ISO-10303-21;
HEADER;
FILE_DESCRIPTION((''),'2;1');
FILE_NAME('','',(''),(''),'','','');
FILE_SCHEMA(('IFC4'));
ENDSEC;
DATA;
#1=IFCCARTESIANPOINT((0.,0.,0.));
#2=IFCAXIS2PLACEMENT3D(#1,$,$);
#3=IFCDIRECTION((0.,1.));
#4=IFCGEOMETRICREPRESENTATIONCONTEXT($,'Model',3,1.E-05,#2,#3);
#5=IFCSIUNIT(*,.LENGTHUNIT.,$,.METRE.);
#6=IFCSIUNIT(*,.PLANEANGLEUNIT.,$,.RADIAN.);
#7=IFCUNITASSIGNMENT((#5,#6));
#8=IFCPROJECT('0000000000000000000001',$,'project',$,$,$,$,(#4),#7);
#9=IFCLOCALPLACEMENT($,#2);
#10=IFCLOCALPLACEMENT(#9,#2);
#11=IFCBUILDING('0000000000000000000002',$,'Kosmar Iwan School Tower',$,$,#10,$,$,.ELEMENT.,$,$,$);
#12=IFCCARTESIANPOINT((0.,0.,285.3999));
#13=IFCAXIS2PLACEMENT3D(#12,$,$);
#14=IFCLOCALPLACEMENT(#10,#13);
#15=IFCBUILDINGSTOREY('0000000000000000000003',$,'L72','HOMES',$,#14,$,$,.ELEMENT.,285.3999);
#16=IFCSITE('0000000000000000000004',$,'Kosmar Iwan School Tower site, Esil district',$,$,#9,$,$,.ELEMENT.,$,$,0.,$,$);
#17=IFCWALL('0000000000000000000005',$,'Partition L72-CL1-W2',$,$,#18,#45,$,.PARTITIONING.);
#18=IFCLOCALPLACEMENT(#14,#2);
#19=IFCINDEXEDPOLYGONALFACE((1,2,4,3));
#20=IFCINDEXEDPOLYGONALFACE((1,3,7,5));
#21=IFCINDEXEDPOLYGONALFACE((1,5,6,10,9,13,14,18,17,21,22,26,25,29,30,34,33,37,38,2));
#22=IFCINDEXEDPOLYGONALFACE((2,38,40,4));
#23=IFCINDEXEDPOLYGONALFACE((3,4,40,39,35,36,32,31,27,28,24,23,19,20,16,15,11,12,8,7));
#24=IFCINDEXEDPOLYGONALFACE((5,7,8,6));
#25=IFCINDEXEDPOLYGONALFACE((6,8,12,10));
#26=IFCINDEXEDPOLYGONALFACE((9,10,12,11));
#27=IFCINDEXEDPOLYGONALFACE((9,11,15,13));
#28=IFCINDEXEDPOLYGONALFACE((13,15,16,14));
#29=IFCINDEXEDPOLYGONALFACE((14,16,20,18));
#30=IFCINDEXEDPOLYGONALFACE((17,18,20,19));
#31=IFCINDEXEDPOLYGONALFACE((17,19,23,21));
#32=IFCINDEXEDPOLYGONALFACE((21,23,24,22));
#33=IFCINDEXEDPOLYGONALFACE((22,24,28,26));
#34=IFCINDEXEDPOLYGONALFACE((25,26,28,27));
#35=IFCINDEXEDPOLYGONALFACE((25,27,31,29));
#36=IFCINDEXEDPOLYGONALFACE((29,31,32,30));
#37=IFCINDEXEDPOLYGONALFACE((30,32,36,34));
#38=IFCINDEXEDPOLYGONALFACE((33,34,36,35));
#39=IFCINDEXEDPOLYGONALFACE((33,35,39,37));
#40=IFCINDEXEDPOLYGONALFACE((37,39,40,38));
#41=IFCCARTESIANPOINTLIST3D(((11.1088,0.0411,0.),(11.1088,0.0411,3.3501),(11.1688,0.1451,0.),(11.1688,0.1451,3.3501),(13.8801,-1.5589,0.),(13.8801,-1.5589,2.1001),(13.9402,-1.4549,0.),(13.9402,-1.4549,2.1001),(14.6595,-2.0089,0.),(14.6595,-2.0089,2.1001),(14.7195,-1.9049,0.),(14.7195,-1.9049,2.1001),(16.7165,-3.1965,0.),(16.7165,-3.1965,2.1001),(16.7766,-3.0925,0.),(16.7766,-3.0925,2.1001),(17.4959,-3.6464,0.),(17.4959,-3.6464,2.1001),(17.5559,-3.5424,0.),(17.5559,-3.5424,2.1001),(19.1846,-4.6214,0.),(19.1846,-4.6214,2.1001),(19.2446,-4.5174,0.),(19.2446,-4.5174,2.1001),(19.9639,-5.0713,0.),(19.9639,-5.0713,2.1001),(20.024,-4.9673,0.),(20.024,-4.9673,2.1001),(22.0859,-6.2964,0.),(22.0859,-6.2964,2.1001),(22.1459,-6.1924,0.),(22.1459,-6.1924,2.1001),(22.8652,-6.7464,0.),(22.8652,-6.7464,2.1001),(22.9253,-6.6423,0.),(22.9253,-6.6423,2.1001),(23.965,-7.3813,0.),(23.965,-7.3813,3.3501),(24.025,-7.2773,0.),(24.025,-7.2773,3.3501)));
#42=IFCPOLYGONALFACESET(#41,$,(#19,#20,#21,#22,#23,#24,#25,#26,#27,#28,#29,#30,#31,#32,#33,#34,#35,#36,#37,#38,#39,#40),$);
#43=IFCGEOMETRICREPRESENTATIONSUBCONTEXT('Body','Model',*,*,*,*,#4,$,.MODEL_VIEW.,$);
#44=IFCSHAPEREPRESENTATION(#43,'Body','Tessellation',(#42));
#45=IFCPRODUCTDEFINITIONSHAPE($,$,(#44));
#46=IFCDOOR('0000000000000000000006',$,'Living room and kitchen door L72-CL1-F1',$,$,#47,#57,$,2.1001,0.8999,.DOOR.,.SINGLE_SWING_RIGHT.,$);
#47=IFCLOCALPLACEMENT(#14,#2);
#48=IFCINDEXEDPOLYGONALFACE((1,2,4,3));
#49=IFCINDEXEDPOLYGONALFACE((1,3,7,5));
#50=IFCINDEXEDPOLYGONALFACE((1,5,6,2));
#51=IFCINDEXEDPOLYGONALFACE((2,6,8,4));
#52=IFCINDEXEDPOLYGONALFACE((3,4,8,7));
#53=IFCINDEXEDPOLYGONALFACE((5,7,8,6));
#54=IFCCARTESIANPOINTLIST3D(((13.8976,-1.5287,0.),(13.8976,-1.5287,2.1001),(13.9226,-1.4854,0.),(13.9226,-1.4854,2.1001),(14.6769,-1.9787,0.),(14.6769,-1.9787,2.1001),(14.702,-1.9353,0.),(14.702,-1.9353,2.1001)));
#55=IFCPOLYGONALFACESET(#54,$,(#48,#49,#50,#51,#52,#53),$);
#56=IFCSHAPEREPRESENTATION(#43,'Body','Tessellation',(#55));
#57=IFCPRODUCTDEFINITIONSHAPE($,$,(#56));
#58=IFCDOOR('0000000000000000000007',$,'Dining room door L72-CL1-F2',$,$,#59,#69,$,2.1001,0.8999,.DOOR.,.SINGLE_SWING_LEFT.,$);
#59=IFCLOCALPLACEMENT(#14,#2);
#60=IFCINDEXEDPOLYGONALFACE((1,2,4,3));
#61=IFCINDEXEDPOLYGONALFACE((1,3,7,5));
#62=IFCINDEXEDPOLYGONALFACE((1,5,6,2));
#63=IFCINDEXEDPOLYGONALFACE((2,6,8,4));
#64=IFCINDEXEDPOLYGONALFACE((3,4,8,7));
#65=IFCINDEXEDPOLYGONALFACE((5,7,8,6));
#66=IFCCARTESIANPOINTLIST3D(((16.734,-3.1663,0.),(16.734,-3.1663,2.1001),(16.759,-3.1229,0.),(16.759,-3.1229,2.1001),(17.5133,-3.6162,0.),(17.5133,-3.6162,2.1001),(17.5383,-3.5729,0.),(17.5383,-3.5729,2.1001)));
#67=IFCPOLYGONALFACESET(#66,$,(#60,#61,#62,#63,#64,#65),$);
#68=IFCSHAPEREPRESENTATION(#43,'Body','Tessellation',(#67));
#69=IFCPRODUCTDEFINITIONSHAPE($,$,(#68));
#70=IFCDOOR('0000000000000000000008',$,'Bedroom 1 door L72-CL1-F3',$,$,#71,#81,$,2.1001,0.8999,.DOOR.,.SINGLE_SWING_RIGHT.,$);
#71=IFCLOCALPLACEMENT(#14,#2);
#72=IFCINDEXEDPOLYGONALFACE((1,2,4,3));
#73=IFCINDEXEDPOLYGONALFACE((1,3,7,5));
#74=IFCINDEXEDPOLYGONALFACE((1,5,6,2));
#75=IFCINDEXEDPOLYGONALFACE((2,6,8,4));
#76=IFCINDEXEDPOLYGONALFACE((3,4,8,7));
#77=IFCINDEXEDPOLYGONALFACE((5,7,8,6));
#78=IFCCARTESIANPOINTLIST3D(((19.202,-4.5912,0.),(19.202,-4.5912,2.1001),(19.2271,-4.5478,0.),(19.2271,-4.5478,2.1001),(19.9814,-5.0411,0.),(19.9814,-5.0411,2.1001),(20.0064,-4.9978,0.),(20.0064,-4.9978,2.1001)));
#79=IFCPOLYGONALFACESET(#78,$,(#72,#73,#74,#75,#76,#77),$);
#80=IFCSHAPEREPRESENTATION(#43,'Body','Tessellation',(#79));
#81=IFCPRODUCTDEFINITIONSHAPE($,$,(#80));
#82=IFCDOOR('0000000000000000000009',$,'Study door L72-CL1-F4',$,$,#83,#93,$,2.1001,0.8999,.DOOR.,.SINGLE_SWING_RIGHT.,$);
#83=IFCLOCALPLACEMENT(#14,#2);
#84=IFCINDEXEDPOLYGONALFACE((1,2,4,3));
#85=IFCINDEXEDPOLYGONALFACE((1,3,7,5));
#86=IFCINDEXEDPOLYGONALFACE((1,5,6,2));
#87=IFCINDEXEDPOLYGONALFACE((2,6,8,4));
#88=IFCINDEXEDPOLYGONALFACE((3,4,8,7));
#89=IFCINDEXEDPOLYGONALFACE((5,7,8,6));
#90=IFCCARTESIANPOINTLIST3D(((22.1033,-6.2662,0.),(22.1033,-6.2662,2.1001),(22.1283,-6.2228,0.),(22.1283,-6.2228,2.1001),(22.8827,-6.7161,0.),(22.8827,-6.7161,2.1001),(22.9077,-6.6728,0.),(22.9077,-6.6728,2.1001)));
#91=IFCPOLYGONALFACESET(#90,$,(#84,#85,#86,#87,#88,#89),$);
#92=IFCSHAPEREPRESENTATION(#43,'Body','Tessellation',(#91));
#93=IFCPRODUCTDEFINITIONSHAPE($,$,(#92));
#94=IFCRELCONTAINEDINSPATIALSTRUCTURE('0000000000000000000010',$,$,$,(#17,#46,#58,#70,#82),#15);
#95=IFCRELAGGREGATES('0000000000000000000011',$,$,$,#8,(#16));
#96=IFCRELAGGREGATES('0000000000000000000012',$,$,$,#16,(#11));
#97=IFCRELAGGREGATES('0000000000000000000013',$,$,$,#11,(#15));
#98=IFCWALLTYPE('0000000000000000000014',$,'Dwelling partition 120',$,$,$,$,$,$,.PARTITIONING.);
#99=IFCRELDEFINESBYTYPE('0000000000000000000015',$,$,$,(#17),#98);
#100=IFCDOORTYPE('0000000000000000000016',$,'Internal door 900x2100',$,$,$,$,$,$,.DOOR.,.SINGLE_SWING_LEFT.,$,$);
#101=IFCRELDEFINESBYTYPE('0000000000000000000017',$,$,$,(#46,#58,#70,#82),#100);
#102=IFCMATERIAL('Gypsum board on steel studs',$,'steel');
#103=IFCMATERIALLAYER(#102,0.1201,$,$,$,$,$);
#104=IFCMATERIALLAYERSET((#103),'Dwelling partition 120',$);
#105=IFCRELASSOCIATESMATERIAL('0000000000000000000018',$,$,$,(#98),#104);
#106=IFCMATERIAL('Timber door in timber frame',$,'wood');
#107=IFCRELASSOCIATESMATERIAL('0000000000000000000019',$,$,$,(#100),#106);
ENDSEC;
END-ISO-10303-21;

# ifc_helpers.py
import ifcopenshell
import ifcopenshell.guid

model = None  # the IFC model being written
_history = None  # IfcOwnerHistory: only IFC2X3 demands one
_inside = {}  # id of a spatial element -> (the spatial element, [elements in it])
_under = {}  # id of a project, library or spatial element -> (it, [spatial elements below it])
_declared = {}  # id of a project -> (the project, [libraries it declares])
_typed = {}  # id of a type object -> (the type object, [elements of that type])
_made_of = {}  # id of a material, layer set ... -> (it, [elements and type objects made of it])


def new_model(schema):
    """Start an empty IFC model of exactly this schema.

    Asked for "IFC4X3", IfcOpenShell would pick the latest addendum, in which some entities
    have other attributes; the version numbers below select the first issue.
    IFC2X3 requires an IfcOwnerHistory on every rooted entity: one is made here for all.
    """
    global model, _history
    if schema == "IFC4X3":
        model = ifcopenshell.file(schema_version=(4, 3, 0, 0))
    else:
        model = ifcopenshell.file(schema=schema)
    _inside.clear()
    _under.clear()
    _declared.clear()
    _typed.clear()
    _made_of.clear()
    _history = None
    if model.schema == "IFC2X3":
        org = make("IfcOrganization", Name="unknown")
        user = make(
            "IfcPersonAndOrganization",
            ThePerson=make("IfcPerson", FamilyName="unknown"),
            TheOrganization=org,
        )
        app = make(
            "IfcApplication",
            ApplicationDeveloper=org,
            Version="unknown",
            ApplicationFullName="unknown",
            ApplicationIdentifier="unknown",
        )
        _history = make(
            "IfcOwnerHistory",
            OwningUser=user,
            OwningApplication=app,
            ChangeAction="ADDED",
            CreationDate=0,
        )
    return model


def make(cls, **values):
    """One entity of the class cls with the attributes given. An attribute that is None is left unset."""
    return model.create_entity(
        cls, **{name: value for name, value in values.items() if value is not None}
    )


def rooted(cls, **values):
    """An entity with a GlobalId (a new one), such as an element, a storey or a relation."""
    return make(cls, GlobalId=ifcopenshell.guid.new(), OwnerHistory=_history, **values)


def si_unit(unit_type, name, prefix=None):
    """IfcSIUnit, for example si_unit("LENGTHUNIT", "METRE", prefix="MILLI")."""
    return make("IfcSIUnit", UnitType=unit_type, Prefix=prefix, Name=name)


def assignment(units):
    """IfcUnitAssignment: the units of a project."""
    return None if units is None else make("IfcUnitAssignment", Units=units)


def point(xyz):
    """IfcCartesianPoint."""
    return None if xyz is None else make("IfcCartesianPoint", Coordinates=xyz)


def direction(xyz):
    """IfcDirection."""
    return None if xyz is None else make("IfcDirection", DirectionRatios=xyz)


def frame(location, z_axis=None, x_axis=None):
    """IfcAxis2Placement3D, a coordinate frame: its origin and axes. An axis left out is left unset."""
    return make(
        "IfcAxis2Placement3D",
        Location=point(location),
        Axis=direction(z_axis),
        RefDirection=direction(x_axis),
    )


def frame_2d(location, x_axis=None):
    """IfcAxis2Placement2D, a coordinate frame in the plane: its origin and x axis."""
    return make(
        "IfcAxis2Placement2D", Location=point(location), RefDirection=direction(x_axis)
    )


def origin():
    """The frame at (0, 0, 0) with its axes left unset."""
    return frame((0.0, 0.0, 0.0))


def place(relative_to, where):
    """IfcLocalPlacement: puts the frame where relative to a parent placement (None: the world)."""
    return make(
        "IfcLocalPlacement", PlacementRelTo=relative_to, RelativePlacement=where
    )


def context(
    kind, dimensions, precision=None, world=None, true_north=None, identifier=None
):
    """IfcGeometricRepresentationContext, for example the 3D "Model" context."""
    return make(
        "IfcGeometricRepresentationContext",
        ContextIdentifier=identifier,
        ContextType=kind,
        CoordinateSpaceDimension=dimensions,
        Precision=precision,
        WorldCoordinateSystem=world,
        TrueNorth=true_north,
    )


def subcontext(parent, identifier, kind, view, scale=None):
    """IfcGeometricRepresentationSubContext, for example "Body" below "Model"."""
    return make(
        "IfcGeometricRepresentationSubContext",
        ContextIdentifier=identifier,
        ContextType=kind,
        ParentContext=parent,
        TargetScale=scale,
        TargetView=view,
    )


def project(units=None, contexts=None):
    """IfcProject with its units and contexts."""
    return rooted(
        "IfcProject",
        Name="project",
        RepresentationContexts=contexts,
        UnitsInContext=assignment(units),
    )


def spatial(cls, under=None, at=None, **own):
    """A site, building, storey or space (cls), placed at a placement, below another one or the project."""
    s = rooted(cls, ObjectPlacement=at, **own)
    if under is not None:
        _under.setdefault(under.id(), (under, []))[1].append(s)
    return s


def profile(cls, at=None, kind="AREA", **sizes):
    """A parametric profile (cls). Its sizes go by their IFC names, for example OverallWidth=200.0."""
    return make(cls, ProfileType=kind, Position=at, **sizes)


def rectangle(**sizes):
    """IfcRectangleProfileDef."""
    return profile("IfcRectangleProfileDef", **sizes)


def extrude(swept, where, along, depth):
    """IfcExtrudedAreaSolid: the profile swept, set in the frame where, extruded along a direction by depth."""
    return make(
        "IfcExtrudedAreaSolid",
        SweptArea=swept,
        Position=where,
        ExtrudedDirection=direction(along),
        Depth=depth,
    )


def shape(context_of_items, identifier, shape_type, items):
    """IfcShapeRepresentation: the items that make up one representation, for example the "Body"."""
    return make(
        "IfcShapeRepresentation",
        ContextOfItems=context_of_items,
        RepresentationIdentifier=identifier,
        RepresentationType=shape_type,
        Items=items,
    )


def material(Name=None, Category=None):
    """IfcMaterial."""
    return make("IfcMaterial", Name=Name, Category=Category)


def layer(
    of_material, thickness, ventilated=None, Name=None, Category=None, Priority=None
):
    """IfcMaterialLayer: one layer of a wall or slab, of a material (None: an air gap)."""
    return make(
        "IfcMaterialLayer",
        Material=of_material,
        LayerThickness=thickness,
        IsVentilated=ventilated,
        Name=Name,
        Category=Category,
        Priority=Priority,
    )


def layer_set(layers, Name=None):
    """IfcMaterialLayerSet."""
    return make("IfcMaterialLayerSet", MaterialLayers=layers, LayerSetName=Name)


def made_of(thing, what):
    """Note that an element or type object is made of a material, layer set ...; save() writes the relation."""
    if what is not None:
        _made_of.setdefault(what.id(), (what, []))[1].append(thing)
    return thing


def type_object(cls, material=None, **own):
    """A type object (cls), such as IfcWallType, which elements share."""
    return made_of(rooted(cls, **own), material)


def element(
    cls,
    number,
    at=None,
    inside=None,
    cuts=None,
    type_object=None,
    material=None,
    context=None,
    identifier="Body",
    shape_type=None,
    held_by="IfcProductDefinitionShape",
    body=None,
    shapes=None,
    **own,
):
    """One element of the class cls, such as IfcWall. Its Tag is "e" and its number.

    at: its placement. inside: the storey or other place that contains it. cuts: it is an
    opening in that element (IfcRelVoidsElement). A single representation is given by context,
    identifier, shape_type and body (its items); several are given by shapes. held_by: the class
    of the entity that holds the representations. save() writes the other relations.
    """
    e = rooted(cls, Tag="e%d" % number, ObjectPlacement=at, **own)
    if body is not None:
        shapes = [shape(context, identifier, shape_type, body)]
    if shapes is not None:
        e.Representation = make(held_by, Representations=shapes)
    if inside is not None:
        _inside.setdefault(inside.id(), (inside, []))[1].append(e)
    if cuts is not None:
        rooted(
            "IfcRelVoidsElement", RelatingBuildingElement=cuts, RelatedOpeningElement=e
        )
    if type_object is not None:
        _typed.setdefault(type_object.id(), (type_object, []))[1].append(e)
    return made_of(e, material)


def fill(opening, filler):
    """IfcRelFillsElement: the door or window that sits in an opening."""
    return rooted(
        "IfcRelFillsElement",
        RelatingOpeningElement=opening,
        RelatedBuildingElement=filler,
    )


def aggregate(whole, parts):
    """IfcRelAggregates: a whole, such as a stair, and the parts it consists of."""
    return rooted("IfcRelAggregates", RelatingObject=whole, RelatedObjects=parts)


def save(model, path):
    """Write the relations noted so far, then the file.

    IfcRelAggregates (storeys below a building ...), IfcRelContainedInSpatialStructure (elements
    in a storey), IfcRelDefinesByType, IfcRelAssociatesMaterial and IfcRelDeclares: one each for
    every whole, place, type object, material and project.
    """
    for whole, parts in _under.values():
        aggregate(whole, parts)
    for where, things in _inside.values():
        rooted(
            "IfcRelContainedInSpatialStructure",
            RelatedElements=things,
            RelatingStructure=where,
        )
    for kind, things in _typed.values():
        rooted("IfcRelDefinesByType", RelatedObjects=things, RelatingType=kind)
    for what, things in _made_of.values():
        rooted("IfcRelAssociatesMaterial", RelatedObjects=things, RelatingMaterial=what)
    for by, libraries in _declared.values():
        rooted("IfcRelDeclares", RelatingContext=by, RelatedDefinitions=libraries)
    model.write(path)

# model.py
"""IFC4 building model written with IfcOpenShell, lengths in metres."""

from ifc_helpers import new_model, si_unit, direction, frame, frame_2d, origin, place, context, subcontext, project, spatial, rectangle, extrude, material, layer, layer_set, type_object, element, fill, save


model = new_model("IFC4")

# Units and contexts
model_context = context("Model", 3, precision=1e-05, world=origin(), true_north=direction((0.0, 1.0)))
body_context = subcontext(model_context, "Body", "Model", "MODEL_VIEW")
ifc_project = project(units=[si_unit("LENGTHUNIT", "METRE"), si_unit("PLANEANGLEUNIT", "RADIAN")], contexts=[model_context])

# Site, building, storey
site_placement = place(None, origin())
site = spatial("IfcSite", under=ifc_project, at=site_placement, Name="Kosmar Iwan School Tower site, Esil district", CompositionType="ELEMENT", RefElevation=0.0)
building_placement = place(site_placement, origin())
building = spatial("IfcBuilding", under=site, at=building_placement, Name="Kosmar Iwan School Tower", CompositionType="ELEMENT")
storey_placement = place(building_placement, frame((0.0, 0.0, 285.3999)))
storey = spatial("IfcBuildingStorey", under=building, at=storey_placement, Name="L72", Description="HOMES", CompositionType="ELEMENT", Elevation=285.3999)

# Wall, openings, doors
ifc_material_1 = material(Name="Gypsum board on steel studs", Category="steel")
ifc_layer_1 = layer(ifc_material_1, 0.1201)
ifc_layer_set_1 = layer_set([ifc_layer_1], Name="Dwelling partition 120")
wall_type_1 = type_object("IfcWallType", Name="Dwelling partition 120", PredefinedType="PARTITIONING", material=ifc_layer_set_1)
wall_1_placement = place(storey_placement, frame((11.1389, 0.093, 0.0), z_axis=(0.0, 0.0, 1.0), x_axis=(0.86603, -0.499992, 0.0)))
wall_1 = element("IfcWall", 1, at=wall_1_placement, inside=storey, type_object=wall_type_1, Name="Partition L72-CL1-W2", PredefinedType="PARTITIONING", context=body_context, shape_type="SweptSolid", body=[
    extrude(rectangle(XDim=14.845, YDim=0.1201, at=frame_2d((7.4224, 0.0))), origin(), (0.0, 0.0, 1.0), 3.3501),
])
opening_1_placement = place(wall_1_placement, frame((3.2, 0.0, 0.0)))
opening_1 = element("IfcOpeningElement", 2, at=opening_1_placement, cuts=wall_1, PredefinedType="OPENING", context=body_context, shape_type="SweptSolid", body=[
    extrude(rectangle(XDim=0.8999, YDim=2.1001, at=frame_2d((0.45, 1.05))), frame((0.0, 0.072, 0.0), z_axis=(0.0, -1.0, 0.0), x_axis=(1.0, 0.0, 0.0)), (0.0, 0.0, 1.0), 0.144),
])
opening_2_placement = place(wall_1_placement, frame((6.4751, 0.0, 0.0)))
opening_2 = element("IfcOpeningElement", 3, at=opening_2_placement, cuts=wall_1, PredefinedType="OPENING", context=body_context, shape_type="SweptSolid", body=[
    extrude(rectangle(XDim=0.8999, YDim=2.1001, at=frame_2d((0.45, 1.05))), frame((0.0, 0.072, 0.0), z_axis=(0.0, -1.0, 0.0), x_axis=(1.0, 0.0, 0.0)), (0.0, 0.0, 1.0), 0.144),
])
opening_3_placement = place(wall_1_placement, frame((9.325, 0.0, 0.0)))
opening_3 = element("IfcOpeningElement", 4, at=opening_3_placement, cuts=wall_1, PredefinedType="OPENING", context=body_context, shape_type="SweptSolid", body=[
    extrude(rectangle(XDim=0.8999, YDim=2.1001, at=frame_2d((0.45, 1.05))), frame((0.0, 0.072, 0.0), z_axis=(0.0, -1.0, 0.0), x_axis=(1.0, 0.0, 0.0)), (0.0, 0.0, 1.0), 0.144),
])
opening_4_placement = place(wall_1_placement, frame((12.675, 0.0, 0.0)))
opening_4 = element("IfcOpeningElement", 5, at=opening_4_placement, cuts=wall_1, PredefinedType="OPENING", context=body_context, shape_type="SweptSolid", body=[
    extrude(rectangle(XDim=0.8999, YDim=2.1001, at=frame_2d((0.45, 1.05))), frame((0.0, 0.072, 0.0), z_axis=(0.0, -1.0, 0.0), x_axis=(1.0, 0.0, 0.0)), (0.0, 0.0, 1.0), 0.144),
])
ifc_material_2 = material(Name="Timber door in timber frame", Category="wood")
door_type = type_object("IfcDoorType", Name="Internal door 900x2100", OperationType="SINGLE_SWING_LEFT", PredefinedType="DOOR", material=ifc_material_2)
door_1_placement = place(opening_1_placement, origin())
door_1 = element("IfcDoor", 6, at=door_1_placement, inside=storey, type_object=door_type, Name="Living room and kitchen door L72-CL1-F1", OperationType="SINGLE_SWING_RIGHT", OverallHeight=2.1001, OverallWidth=0.8999, PredefinedType="DOOR", context=body_context, shape_type="SweptSolid", body=[
    extrude(rectangle(XDim=0.8999, YDim=2.1001, at=frame_2d((0.45, 1.05))), frame((0.0, 0.0249, 0.0), z_axis=(0.0, -1.0, 0.0), x_axis=(1.0, 0.0, 0.0)), (0.0, 0.0, 1.0), 0.05),
])
fill(opening_1, door_1)
door_2_placement = place(opening_2_placement, origin())
door_2 = element("IfcDoor", 7, at=door_2_placement, inside=storey, type_object=door_type, Name="Dining room door L72-CL1-F2", OperationType="SINGLE_SWING_LEFT", OverallHeight=2.1001, OverallWidth=0.8999, PredefinedType="DOOR", context=body_context, shape_type="SweptSolid", body=[
    extrude(rectangle(XDim=0.8999, YDim=2.1001, at=frame_2d((0.45, 1.05))), frame((0.0, 0.0249, 0.0), z_axis=(0.0, -1.0, 0.0), x_axis=(1.0, 0.0, 0.0)), (0.0, 0.0, 1.0), 0.05),
])
fill(opening_2, door_2)
door_3_placement = place(opening_3_placement, origin())
door_3 = element("IfcDoor", 8, at=door_3_placement, inside=storey, type_object=door_type, Name="Bedroom 1 door L72-CL1-F3", OperationType="SINGLE_SWING_RIGHT", OverallHeight=2.1001, OverallWidth=0.8999, PredefinedType="DOOR", context=body_context, shape_type="SweptSolid", body=[
    extrude(rectangle(XDim=0.8999, YDim=2.1001, at=frame_2d((0.45, 1.05))), frame((0.0, 0.0249, 0.0), z_axis=(0.0, -1.0, 0.0), x_axis=(1.0, 0.0, 0.0)), (0.0, 0.0, 1.0), 0.05),
])
fill(opening_3, door_3)
door_4_placement = place(opening_4_placement, origin())
door_4 = element("IfcDoor", 9, at=door_4_placement, inside=storey, type_object=door_type, Name="Study door L72-CL1-F4", OperationType="SINGLE_SWING_RIGHT", OverallHeight=2.1001, OverallWidth=0.8999, PredefinedType="DOOR", context=body_context, shape_type="SweptSolid", body=[
    extrude(rectangle(XDim=0.8999, YDim=2.1001, at=frame_2d((0.45, 1.05))), frame((0.0, 0.0249, 0.0), z_axis=(0.0, -1.0, 0.0), x_axis=(1.0, 0.0, 0.0)), (0.0, 0.0, 1.0), 0.05),
])
fill(opening_4, door_4)

save(model, "model.ifc")
